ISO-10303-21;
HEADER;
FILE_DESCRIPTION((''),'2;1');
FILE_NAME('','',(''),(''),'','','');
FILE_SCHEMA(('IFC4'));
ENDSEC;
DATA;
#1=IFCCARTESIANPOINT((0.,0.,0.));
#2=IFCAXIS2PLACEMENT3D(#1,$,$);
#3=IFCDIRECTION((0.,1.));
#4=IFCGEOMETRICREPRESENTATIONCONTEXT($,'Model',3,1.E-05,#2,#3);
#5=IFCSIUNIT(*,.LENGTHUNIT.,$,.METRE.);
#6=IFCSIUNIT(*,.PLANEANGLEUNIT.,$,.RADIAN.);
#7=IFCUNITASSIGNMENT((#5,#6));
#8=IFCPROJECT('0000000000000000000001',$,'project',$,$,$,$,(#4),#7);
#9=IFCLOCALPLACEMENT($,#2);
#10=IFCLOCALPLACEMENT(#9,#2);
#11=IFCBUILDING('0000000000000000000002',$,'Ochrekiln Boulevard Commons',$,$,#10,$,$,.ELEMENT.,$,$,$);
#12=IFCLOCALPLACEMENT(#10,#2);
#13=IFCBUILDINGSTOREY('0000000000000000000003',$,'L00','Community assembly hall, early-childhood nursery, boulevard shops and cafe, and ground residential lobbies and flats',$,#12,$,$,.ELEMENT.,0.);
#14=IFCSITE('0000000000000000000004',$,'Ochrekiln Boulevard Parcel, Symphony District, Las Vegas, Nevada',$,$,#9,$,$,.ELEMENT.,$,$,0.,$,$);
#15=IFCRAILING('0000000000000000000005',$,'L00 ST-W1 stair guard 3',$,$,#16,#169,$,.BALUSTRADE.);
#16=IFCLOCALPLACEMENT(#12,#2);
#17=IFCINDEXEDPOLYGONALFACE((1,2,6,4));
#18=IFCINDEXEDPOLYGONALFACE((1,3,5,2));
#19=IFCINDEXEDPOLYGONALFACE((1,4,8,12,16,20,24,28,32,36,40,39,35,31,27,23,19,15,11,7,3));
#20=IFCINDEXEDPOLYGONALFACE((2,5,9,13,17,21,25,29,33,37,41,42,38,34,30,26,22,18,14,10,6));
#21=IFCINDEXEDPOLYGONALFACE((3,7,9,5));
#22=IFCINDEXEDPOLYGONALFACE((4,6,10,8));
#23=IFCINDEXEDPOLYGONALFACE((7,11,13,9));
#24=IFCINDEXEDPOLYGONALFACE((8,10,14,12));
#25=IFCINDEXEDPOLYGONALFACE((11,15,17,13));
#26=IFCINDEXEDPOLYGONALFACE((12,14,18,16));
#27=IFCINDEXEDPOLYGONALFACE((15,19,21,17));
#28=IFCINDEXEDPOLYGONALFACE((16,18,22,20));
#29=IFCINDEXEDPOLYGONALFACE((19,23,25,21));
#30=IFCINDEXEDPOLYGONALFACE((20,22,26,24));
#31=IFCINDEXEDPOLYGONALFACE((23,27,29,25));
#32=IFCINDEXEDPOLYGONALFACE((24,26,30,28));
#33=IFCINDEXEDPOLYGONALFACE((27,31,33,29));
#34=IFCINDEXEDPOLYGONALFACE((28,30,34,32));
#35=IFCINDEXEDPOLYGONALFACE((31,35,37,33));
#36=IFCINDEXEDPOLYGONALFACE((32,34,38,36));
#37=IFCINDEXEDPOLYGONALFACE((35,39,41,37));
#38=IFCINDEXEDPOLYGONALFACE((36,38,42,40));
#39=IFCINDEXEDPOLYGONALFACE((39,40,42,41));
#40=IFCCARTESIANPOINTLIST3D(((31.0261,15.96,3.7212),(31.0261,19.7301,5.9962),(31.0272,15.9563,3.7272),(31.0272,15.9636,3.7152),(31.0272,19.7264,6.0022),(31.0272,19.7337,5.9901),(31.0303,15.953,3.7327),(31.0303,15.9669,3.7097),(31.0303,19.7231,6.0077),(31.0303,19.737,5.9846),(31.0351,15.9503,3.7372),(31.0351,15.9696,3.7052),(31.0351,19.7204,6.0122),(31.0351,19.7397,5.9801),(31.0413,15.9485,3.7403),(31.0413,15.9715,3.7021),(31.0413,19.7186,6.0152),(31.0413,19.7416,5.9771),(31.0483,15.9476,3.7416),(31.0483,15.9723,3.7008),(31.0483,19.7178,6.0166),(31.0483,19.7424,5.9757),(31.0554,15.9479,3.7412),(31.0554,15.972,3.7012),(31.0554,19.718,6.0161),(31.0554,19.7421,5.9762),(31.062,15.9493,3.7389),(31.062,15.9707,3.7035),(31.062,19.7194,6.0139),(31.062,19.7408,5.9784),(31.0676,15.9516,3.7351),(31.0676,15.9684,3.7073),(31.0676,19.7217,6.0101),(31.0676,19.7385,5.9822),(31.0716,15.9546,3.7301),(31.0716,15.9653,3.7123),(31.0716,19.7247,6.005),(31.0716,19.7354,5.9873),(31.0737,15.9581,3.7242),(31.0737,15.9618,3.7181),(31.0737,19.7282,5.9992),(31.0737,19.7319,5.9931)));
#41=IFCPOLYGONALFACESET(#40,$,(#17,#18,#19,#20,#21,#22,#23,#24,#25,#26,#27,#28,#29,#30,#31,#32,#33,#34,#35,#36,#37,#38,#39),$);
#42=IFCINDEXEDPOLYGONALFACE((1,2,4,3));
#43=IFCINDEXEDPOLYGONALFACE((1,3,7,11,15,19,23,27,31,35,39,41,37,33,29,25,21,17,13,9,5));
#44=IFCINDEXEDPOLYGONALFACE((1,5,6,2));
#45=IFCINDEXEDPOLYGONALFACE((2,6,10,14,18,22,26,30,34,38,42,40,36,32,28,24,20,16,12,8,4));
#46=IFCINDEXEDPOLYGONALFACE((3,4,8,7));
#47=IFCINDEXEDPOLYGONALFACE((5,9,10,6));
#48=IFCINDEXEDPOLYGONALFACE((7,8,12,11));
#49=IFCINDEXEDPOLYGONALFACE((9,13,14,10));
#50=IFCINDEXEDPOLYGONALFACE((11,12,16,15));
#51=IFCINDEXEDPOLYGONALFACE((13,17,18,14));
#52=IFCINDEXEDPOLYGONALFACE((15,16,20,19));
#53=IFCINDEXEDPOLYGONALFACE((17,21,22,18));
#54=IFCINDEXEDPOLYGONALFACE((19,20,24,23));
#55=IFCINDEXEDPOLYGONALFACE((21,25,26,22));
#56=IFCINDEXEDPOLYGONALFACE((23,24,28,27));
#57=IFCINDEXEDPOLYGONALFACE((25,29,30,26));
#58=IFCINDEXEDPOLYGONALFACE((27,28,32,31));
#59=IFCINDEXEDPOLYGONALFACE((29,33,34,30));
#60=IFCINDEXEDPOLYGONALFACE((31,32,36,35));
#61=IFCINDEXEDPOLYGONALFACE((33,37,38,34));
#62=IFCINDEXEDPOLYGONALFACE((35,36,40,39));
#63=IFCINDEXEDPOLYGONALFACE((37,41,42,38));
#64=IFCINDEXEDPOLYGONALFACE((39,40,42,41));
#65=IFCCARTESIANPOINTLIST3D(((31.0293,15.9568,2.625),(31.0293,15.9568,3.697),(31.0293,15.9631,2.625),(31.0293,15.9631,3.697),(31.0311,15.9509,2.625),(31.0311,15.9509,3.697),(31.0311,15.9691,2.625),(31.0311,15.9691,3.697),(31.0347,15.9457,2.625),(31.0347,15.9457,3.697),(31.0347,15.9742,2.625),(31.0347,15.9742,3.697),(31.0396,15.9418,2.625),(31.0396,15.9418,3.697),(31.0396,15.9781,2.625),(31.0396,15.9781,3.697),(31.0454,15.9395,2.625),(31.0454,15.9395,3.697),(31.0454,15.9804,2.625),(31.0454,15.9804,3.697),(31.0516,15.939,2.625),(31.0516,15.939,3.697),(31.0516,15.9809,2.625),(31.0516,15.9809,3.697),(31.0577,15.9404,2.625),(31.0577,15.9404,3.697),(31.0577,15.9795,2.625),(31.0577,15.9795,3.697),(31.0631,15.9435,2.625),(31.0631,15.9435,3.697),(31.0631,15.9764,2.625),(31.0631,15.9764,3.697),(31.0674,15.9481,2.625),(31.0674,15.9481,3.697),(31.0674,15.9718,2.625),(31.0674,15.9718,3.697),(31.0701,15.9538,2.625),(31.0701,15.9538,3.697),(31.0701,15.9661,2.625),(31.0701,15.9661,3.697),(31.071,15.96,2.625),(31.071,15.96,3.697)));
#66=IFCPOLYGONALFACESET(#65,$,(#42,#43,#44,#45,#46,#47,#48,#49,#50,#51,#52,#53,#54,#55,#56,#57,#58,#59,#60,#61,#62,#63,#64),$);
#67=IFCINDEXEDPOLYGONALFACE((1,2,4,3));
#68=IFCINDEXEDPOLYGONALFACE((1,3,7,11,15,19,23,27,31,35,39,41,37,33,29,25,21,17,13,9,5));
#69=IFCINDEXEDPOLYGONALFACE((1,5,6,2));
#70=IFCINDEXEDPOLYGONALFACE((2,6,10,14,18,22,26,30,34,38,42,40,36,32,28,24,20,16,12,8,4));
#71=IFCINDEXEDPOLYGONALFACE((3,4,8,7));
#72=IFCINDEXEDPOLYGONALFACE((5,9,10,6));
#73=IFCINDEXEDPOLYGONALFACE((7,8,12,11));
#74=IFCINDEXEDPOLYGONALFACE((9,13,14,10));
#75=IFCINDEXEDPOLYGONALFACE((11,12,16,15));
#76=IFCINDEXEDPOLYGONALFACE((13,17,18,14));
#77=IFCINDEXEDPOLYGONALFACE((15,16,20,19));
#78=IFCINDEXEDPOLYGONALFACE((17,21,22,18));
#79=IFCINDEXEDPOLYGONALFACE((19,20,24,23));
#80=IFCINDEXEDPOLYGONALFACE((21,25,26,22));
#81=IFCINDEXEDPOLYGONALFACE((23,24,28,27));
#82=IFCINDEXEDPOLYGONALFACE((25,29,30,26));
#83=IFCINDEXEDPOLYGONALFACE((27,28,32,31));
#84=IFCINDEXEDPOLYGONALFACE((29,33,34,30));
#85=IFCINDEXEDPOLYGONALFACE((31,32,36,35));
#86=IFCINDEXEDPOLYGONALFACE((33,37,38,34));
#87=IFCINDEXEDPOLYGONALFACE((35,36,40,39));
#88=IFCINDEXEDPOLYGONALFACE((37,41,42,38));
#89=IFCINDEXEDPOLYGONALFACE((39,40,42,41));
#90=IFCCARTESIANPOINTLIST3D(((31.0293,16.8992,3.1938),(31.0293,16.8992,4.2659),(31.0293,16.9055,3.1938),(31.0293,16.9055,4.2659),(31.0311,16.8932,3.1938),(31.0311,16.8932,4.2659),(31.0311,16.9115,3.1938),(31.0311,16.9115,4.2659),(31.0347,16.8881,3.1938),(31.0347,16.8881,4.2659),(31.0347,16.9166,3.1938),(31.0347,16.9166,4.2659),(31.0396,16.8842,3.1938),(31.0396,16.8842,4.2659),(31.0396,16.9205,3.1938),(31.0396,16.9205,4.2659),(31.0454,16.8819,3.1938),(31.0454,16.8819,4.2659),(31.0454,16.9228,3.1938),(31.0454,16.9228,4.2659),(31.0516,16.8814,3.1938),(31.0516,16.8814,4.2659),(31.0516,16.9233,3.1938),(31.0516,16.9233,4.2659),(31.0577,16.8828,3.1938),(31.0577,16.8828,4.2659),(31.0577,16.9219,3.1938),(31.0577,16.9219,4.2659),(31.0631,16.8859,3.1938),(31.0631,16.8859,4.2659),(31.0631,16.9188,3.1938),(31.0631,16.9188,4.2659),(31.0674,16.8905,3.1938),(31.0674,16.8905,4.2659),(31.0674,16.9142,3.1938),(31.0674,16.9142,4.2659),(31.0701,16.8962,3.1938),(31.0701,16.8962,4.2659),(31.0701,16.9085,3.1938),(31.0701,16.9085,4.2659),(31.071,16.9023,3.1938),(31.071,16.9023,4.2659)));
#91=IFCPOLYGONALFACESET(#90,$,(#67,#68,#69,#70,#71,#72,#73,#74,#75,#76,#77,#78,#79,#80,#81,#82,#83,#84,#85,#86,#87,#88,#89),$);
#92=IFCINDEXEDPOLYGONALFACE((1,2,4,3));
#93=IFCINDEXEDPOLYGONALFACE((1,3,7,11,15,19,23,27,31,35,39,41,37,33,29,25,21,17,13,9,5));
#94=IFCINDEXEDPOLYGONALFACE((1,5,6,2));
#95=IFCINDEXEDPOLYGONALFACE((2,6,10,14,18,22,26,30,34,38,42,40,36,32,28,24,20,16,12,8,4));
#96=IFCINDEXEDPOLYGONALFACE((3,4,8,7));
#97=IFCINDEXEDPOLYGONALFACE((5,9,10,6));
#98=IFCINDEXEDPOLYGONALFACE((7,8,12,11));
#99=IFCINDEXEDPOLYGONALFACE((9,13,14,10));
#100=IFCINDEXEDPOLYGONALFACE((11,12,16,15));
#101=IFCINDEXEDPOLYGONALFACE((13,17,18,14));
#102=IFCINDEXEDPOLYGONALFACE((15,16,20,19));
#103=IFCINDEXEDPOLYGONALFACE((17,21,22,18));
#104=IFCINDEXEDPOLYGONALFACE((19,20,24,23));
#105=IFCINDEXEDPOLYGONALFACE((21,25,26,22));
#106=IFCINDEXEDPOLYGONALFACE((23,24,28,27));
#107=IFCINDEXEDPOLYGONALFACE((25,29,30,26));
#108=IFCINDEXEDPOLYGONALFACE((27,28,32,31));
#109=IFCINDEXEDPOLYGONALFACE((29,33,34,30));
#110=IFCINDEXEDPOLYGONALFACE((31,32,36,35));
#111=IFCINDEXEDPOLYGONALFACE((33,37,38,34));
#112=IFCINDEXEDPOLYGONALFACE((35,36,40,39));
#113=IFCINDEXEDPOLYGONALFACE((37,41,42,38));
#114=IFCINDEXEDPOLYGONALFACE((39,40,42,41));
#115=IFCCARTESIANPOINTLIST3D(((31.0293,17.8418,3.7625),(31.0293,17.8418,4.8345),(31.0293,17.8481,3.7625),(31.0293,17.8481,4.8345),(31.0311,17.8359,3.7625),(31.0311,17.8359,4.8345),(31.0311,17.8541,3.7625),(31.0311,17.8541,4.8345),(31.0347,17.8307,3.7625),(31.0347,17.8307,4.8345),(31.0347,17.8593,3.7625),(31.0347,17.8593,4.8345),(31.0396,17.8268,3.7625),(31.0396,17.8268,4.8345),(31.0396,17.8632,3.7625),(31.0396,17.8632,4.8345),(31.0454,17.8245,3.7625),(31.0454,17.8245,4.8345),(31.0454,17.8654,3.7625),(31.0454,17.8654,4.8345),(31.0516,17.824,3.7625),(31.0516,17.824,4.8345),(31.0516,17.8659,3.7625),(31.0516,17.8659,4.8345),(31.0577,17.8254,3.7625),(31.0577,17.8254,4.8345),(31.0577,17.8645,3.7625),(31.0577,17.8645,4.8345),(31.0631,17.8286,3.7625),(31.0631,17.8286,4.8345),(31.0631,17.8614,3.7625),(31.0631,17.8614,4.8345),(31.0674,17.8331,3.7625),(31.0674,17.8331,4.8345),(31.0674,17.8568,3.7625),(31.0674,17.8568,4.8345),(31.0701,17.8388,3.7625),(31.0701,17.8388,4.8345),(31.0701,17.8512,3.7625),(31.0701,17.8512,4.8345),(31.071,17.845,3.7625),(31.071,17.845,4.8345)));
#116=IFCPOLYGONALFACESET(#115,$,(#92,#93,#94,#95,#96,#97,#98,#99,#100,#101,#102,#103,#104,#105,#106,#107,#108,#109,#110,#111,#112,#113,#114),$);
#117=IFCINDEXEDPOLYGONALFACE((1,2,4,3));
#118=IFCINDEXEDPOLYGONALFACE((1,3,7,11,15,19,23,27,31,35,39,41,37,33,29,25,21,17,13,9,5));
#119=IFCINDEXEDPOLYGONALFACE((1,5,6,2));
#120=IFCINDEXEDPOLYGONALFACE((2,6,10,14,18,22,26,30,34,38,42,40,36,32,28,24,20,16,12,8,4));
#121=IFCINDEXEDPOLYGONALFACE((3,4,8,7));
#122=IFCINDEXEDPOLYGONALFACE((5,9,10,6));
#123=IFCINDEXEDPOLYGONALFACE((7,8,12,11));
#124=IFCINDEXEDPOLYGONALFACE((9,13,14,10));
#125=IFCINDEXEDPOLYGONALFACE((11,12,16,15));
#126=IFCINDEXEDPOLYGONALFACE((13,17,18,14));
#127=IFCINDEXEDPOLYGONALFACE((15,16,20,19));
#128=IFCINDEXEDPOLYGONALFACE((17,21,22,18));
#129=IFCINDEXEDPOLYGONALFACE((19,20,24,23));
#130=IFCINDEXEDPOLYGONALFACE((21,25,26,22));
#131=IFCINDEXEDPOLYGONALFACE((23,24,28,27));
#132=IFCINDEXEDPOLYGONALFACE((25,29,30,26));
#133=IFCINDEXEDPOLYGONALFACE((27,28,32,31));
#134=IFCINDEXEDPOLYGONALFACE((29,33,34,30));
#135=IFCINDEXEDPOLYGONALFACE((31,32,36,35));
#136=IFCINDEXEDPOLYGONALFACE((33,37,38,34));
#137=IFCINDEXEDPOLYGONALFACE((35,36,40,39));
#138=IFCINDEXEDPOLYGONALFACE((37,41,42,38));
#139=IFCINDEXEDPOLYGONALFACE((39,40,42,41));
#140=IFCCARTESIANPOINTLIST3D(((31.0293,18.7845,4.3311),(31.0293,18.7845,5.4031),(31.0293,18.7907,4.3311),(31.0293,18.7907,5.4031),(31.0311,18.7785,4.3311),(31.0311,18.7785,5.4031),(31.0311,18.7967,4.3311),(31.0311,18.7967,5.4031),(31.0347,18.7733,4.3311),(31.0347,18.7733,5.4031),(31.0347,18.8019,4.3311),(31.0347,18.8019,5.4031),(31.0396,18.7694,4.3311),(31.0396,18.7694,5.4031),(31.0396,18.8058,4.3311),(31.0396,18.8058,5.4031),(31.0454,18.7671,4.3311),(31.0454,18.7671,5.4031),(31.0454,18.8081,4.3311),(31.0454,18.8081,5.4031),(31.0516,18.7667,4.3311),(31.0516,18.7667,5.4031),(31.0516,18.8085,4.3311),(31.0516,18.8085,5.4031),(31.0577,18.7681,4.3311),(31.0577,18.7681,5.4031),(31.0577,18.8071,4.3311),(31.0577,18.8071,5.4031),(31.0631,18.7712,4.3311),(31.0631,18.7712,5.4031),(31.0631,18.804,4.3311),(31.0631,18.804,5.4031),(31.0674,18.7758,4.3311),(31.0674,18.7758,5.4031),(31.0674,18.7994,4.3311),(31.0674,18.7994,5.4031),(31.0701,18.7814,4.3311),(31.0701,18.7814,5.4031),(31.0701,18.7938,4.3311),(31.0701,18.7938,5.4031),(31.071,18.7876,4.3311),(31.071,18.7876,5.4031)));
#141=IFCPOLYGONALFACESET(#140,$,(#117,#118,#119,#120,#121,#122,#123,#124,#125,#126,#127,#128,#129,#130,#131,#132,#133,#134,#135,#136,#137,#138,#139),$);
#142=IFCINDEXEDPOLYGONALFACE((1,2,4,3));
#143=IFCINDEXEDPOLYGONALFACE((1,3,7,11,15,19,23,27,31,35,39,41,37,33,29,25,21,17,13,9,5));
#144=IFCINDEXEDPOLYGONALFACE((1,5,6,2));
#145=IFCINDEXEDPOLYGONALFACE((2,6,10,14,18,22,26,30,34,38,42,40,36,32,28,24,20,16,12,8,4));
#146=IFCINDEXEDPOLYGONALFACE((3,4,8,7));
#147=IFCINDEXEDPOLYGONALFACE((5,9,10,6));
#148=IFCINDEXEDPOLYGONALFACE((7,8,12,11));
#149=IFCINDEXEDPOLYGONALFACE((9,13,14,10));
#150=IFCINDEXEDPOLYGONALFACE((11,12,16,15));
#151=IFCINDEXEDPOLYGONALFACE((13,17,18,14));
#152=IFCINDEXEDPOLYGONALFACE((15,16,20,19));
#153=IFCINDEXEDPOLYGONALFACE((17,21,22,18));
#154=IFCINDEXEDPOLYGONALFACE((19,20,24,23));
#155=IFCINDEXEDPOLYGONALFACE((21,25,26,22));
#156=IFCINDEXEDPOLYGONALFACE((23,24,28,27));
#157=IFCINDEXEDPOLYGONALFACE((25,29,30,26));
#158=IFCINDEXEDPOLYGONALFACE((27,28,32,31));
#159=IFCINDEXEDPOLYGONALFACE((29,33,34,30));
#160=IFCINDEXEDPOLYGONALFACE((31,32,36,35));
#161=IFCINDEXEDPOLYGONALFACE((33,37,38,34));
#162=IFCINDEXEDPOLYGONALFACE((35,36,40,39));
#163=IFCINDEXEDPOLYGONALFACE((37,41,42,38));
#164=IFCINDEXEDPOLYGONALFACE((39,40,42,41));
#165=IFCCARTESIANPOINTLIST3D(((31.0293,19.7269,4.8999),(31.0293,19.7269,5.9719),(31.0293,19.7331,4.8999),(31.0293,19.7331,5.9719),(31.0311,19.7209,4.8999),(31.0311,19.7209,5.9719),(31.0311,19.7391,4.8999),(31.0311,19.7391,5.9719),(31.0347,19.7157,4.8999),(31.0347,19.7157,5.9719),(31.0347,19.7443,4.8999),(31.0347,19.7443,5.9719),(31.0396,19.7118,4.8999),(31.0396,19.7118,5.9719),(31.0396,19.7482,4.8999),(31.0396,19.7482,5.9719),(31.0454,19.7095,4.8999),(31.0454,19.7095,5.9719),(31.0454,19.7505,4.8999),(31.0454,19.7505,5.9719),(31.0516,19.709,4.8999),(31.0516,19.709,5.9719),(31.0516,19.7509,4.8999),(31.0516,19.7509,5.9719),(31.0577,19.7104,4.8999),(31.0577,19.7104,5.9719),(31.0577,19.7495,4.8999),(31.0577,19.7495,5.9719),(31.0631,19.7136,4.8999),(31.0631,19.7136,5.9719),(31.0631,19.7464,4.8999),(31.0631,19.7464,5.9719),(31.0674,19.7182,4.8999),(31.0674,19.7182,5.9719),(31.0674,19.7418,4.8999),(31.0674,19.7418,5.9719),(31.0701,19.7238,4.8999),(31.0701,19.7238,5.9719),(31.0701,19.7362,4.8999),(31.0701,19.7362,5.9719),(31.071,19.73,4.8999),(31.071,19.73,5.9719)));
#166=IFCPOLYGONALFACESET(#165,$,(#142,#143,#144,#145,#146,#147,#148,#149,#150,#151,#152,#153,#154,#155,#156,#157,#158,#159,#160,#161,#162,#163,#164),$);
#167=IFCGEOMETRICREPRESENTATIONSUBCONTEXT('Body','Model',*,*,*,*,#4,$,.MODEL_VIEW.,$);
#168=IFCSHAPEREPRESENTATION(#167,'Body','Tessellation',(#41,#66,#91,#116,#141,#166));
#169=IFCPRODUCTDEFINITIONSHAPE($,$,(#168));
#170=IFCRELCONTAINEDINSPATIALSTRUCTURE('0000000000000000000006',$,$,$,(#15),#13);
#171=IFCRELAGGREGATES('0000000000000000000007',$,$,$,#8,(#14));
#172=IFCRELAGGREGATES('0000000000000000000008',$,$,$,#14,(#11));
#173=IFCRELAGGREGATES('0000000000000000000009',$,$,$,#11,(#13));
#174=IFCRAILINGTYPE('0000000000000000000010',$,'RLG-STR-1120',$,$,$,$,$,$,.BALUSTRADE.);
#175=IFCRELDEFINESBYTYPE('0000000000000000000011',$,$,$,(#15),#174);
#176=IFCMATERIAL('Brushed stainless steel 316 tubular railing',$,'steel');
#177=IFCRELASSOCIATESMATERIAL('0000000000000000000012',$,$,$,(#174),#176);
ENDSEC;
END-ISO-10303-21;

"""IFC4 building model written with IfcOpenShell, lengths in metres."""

from ifc_helpers import new_model, si_unit, direction, frame, origin, origin_2d, place, context, subcontext, project, spatial, circle, extrude, material, type_object, element, save


model = new_model("IFC4")

# Units and contexts
model_context = context("Model", 3, precision=1e-05, world=origin(), true_north=direction((0.0, 1.0)))
body_context = subcontext(model_context, "Body", "Model", "MODEL_VIEW")
ifc_project = project(units=[si_unit("LENGTHUNIT", "METRE"), si_unit("PLANEANGLEUNIT", "RADIAN")], contexts=[model_context])

# Site, building, storey
site_placement = place(None, origin())
site = spatial("IfcSite", under=ifc_project, at=site_placement, Name="Ochrekiln Boulevard Parcel, Symphony District, Las Vegas, Nevada", CompositionType="ELEMENT", RefElevation=0.0)
building_placement = place(site_placement, origin())
building = spatial("IfcBuilding", under=site, at=building_placement, Name="Ochrekiln Boulevard Commons", CompositionType="ELEMENT")
storey_placement = place(building_placement, origin())
storey = spatial("IfcBuildingStorey", under=building, at=storey_placement, Name="L00", Description="Community assembly hall, early-childhood nursery, boulevard shops and cafe, and ground residential lobbies and flats", CompositionType="ELEMENT", Elevation=0.0)

# Railing
ifc_material_1 = material(Name="Brushed stainless steel 316 tubular railing", Category="steel")
railing_type_1 = type_object("IfcRailingType", Name="RLG-STR-1120", PredefinedType="BALUSTRADE", material=ifc_material_1)
railing_1_placement = place(storey_placement, frame((31.05, 15.96, 2.625)))
element("IfcRailing", 1, at=railing_1_placement, inside=storey, type_object=railing_type_1, Name="L00 ST-W1 stair guard 3", PredefinedType="BALUSTRADE", context=body_context, shape_type="SweptSolid", body=[
    extrude(circle(Radius=0.0239, at=origin_2d()), frame((0.0, 0.0, 1.0962), z_axis=(0.0, 0.856199, 0.516647), x_axis=(-1.0, 0.0, 0.0)), (0.0, 0.0, 1.0), 4.4033),
    extrude(circle(Radius=0.021, at=origin_2d()), origin(), (0.0, 0.0, 1.0), 1.072),
    extrude(circle(Radius=0.021, at=origin_2d()), frame((0.0, 0.9424, 0.5688)), (0.0, 0.0, 1.0), 1.072),
    extrude(circle(Radius=0.021, at=origin_2d()), frame((0.0, 1.885, 1.1375)), (0.0, 0.0, 1.0), 1.072),
    extrude(circle(Radius=0.021, at=origin_2d()), frame((0.0, 2.8276, 1.7061)), (0.0, 0.0, 1.0), 1.072),
    extrude(circle(Radius=0.021, at=origin_2d()), frame((0.0, 3.77, 2.2749)), (0.0, 0.0, 1.0), 1.072),
])

save(model, "model.ifc")
